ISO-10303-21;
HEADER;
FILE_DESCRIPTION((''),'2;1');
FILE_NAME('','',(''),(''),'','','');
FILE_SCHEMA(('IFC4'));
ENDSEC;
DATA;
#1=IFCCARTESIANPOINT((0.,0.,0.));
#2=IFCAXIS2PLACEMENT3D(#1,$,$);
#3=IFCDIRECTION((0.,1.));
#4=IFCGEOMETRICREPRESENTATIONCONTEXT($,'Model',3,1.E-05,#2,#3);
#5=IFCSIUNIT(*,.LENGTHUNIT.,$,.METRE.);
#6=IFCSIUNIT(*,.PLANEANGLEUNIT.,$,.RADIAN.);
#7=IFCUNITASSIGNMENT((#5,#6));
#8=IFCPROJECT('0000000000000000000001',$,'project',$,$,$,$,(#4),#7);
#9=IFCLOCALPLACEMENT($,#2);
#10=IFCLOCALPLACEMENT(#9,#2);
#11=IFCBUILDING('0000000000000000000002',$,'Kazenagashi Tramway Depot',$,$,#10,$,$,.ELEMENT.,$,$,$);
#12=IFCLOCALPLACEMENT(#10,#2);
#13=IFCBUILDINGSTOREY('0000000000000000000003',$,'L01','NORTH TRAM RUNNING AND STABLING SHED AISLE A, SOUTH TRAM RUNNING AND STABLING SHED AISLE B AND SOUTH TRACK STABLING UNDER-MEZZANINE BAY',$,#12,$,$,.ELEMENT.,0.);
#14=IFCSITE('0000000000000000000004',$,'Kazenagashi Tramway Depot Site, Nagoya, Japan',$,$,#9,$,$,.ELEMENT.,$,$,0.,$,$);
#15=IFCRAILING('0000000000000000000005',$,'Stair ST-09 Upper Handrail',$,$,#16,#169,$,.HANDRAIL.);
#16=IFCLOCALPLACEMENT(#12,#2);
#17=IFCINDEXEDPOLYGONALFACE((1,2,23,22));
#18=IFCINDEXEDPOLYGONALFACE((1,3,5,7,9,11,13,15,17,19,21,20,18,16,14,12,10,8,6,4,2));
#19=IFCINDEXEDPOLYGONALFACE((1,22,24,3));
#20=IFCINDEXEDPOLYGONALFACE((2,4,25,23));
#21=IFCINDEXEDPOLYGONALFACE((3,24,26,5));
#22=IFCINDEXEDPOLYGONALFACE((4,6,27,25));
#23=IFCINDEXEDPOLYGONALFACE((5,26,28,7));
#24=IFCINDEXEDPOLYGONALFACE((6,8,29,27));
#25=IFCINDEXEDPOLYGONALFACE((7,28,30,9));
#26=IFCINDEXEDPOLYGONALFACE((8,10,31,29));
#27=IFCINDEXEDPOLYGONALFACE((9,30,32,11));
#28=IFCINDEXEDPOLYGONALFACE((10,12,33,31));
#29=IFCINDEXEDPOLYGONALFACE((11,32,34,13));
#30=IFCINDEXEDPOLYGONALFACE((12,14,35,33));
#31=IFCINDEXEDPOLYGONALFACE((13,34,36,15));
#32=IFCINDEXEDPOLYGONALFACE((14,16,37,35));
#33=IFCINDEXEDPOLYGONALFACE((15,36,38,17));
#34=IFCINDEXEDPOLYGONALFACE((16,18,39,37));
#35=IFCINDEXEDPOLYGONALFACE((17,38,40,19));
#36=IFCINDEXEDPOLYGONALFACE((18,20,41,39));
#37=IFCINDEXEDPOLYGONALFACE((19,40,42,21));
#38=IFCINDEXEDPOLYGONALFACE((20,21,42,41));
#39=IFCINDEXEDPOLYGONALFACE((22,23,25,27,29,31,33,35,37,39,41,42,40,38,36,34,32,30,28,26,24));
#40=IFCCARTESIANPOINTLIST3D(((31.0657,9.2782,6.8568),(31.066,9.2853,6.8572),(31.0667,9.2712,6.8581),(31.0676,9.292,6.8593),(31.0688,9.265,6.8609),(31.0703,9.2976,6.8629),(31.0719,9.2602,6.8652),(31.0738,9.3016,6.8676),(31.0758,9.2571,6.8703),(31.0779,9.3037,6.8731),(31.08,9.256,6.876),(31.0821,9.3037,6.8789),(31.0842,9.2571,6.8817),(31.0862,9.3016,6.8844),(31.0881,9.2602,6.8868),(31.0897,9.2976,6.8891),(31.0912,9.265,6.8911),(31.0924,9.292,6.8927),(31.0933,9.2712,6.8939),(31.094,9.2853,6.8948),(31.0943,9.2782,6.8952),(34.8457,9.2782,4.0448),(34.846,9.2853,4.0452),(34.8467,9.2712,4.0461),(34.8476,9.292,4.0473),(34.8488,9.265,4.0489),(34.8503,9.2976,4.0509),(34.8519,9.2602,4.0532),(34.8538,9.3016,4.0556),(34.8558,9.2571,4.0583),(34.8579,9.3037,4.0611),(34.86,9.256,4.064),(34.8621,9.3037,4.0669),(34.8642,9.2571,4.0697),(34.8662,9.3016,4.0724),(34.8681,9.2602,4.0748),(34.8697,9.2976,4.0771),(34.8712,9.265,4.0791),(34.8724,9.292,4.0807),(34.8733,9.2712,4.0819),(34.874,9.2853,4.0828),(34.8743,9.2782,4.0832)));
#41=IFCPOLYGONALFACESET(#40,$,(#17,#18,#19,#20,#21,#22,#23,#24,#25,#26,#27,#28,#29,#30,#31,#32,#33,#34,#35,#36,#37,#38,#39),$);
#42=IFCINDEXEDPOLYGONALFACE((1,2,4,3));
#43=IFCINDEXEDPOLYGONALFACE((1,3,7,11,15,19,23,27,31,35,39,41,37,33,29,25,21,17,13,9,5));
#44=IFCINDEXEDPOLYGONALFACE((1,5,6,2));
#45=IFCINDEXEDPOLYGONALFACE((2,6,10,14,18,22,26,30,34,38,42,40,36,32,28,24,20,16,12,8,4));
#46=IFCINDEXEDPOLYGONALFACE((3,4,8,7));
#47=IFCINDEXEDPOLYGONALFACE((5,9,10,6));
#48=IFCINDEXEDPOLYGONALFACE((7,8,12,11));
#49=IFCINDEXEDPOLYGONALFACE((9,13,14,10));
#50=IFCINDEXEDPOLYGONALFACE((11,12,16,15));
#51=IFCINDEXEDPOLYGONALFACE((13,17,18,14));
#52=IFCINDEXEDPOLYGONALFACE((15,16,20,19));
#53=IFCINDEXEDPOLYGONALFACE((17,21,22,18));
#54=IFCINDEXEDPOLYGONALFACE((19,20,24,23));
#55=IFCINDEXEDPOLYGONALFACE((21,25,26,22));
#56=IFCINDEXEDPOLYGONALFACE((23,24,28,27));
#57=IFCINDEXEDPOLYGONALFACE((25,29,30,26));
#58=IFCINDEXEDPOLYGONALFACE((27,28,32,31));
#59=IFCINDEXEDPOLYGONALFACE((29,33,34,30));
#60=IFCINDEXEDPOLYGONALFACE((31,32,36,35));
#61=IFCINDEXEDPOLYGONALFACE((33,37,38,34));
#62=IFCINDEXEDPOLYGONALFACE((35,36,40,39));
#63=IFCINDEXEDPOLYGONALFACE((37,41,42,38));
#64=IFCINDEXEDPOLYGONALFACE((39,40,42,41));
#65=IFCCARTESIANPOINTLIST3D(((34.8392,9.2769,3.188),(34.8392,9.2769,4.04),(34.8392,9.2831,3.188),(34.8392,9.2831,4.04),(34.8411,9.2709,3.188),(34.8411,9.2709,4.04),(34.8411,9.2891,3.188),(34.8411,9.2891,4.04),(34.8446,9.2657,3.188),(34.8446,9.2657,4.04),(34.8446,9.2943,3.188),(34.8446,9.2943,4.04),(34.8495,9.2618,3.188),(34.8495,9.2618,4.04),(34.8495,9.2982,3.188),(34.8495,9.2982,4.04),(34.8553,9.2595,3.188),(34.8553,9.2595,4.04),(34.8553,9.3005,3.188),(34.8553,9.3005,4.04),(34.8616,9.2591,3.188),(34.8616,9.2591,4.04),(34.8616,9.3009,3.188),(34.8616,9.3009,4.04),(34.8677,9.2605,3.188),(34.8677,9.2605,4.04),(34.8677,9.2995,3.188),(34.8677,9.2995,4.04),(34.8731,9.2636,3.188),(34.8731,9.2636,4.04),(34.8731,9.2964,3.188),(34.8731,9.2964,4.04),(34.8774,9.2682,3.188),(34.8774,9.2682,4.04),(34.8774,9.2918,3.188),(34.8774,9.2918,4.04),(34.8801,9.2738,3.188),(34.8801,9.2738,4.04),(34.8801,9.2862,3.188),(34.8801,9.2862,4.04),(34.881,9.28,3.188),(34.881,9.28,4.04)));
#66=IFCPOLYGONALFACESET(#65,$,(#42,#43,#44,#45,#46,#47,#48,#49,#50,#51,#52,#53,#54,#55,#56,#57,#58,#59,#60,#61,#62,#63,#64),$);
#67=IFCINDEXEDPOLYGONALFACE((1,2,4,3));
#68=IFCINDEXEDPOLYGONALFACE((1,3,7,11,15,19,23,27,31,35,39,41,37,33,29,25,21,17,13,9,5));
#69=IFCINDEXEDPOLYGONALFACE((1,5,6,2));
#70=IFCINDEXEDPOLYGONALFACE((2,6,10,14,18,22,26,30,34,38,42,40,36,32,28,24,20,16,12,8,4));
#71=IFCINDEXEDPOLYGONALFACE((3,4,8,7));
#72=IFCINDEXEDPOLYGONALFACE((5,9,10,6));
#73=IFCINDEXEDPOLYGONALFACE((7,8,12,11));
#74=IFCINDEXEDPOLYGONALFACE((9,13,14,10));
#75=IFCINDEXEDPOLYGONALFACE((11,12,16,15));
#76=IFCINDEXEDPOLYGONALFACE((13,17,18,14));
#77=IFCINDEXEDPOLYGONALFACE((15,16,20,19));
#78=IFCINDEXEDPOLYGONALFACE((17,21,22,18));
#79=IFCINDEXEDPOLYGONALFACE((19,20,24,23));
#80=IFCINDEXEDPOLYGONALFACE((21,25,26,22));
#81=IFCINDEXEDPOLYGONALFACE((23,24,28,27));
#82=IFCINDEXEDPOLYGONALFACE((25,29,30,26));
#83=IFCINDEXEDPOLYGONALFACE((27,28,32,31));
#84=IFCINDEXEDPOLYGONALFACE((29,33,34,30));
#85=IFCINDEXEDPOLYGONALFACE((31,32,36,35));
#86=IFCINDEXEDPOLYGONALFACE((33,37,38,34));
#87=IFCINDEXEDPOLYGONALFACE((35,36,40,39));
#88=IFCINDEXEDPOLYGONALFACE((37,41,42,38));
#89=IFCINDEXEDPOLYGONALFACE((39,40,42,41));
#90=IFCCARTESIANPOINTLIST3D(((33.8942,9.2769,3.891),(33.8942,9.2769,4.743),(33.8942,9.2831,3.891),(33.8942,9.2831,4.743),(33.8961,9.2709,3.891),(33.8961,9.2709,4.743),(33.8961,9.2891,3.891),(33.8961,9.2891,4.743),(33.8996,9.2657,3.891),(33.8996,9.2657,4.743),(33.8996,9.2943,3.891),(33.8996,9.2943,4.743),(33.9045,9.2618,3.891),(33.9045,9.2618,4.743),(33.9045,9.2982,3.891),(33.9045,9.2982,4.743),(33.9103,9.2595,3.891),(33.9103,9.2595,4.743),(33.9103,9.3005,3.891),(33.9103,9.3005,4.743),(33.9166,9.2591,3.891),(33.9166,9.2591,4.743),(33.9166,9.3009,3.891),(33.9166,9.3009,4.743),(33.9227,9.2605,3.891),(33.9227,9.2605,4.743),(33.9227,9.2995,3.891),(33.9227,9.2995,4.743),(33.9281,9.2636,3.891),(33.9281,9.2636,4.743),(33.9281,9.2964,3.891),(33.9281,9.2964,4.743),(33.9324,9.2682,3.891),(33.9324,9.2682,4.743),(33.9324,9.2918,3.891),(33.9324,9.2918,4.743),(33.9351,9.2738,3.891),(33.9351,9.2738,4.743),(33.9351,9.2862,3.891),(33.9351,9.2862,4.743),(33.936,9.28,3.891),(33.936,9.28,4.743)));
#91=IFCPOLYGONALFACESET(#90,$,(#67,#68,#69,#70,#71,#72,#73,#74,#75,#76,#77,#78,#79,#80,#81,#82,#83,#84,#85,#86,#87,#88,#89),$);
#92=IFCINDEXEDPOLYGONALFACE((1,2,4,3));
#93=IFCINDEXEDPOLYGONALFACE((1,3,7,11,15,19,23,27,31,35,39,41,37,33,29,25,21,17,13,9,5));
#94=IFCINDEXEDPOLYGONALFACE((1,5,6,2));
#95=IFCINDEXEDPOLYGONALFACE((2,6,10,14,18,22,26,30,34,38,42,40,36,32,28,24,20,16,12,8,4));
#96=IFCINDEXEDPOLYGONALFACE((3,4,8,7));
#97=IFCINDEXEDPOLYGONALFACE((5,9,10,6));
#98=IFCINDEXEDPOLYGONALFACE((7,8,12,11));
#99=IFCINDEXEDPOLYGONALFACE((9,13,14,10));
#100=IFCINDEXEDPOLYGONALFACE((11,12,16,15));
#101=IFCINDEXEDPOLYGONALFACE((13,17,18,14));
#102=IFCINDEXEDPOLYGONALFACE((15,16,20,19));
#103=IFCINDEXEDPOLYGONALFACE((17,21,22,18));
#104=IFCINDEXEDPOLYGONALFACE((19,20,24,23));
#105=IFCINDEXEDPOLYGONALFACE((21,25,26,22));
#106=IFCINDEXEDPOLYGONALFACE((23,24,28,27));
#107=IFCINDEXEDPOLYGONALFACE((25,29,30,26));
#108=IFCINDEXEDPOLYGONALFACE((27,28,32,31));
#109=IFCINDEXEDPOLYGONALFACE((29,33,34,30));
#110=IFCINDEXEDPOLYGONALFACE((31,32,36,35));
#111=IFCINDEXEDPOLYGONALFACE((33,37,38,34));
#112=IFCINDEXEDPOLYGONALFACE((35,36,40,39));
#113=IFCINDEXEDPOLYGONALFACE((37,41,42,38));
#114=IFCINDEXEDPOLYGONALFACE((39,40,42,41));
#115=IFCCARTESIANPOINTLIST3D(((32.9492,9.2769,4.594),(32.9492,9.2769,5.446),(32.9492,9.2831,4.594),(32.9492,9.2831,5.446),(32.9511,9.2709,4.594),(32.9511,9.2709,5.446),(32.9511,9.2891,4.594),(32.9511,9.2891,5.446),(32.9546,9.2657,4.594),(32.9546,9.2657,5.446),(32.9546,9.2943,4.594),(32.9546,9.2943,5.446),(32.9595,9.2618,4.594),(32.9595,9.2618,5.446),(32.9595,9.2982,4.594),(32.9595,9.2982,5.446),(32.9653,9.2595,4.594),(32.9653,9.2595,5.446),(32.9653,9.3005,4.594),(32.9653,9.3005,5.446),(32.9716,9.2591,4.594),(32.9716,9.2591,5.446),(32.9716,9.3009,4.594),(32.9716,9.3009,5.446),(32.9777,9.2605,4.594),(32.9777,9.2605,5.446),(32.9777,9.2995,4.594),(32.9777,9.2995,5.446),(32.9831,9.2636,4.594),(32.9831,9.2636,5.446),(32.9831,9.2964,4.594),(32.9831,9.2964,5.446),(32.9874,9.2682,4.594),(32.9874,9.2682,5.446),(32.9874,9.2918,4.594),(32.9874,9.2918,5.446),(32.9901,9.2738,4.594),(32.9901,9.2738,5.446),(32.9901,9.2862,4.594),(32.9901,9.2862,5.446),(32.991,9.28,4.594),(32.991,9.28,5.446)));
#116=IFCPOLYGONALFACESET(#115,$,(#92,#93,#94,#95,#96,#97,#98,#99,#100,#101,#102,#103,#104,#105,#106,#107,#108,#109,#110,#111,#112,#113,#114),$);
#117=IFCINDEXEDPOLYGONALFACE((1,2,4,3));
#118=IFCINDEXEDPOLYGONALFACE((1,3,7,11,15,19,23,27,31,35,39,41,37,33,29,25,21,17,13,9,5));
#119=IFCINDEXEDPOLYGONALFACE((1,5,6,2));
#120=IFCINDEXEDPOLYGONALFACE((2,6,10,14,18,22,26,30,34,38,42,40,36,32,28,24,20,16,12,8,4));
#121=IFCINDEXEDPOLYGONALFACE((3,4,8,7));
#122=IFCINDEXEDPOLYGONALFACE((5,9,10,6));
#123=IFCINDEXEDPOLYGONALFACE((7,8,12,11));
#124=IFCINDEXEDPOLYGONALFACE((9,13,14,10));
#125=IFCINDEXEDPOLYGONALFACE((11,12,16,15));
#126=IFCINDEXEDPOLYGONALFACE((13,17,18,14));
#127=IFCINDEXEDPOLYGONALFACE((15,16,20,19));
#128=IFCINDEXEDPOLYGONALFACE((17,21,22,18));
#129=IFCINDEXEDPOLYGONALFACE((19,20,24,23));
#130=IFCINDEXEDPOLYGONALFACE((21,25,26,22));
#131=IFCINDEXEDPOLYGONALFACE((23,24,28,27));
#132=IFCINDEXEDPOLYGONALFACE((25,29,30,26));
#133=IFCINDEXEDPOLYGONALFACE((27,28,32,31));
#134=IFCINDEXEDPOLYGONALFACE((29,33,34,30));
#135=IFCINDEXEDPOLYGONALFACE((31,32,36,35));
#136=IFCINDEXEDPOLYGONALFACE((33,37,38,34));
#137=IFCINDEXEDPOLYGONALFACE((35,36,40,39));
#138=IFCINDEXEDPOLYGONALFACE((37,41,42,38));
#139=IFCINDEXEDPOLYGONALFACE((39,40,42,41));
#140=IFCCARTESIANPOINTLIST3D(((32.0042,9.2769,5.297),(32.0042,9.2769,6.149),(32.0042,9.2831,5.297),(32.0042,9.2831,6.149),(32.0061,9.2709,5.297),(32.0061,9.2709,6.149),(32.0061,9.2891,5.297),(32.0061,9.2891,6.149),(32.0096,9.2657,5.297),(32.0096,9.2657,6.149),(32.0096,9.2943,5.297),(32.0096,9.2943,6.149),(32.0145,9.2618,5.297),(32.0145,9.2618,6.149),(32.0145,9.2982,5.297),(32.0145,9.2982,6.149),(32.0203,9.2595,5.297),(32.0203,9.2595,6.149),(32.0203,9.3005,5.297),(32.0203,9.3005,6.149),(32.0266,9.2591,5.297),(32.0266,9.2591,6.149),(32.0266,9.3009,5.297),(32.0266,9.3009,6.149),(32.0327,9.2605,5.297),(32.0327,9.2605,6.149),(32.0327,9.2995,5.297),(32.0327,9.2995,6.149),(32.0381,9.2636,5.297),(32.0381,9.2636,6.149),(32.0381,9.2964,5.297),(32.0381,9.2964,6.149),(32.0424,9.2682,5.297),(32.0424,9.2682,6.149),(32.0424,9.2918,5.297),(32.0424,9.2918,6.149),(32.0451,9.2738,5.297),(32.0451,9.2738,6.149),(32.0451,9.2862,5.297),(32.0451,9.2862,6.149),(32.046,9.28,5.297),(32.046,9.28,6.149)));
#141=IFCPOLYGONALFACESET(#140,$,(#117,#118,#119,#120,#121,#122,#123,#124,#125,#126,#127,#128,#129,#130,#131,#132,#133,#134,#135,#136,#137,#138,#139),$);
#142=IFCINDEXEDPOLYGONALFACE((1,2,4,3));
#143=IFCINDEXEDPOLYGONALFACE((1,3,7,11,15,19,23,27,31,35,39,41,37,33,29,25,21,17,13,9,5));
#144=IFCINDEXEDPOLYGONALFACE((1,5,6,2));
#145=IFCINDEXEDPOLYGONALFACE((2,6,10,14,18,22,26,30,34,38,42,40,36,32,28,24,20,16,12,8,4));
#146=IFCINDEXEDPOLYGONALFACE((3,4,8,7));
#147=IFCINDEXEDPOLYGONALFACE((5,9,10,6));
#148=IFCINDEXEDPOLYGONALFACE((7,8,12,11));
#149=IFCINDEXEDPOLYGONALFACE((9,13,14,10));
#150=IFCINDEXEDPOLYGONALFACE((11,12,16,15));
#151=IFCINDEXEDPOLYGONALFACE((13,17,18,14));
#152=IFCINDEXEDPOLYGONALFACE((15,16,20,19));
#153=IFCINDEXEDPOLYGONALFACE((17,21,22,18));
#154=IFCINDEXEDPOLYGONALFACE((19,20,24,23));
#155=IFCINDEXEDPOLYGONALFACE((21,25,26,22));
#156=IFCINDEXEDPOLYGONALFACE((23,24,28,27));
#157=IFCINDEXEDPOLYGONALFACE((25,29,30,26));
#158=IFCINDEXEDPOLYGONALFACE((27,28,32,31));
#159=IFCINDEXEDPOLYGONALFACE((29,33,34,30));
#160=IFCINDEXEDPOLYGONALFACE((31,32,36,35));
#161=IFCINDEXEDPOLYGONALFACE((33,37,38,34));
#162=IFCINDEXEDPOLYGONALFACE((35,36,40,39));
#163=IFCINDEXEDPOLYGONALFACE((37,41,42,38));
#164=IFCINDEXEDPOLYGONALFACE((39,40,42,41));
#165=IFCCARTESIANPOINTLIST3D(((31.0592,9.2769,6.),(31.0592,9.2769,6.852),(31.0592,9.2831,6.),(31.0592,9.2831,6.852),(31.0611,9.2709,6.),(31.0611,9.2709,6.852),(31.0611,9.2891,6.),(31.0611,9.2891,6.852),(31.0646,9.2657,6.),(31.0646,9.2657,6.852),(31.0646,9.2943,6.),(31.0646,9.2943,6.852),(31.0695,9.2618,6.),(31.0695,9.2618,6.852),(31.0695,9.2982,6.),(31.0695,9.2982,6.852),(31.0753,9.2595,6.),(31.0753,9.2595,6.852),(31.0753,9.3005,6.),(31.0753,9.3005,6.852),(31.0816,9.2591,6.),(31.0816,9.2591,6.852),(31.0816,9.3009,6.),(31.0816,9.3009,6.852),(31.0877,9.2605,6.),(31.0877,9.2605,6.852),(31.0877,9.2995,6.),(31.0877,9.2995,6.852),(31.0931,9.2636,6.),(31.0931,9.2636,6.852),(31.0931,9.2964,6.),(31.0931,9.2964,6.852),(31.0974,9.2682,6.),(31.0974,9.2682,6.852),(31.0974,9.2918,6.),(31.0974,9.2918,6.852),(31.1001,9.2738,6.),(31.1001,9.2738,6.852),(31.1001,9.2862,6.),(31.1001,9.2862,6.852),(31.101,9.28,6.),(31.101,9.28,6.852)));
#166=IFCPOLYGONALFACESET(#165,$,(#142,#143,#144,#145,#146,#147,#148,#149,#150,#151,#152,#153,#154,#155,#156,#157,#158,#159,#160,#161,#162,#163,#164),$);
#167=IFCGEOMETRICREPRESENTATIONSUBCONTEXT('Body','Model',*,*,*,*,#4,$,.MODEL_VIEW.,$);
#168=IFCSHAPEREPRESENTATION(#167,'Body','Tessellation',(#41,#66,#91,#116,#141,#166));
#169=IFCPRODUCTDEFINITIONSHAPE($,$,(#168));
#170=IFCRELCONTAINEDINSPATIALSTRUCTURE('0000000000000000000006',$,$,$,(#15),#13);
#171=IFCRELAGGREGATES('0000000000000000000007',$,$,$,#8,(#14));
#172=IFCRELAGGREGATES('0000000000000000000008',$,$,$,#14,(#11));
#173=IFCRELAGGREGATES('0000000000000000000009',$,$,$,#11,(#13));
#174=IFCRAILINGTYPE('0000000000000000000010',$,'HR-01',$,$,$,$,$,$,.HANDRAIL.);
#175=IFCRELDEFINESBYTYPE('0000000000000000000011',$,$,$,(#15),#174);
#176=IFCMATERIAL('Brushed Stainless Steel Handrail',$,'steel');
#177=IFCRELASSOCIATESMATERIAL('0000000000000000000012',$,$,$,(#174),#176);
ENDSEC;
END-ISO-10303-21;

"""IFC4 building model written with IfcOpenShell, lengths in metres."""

from ifc_helpers import new_model, si_unit, direction, frame, origin, origin_2d, place, context, subcontext, project, spatial, circle, extrude, material, type_object, element, save


model = new_model("IFC4")

# Units and contexts
model_context = context("Model", 3, precision=1e-05, world=origin(), true_north=direction((0.0, 1.0)))
body_context = subcontext(model_context, "Body", "Model", "MODEL_VIEW")
ifc_project = project(units=[si_unit("LENGTHUNIT", "METRE"), si_unit("PLANEANGLEUNIT", "RADIAN")], contexts=[model_context])

# Site, building, storey
site_placement = place(None, origin())
site = spatial("IfcSite", under=ifc_project, at=site_placement, Name="Kazenagashi Tramway Depot Site, Nagoya, Japan", CompositionType="ELEMENT", RefElevation=0.0)
building_placement = place(site_placement, origin())
building = spatial("IfcBuilding", under=site, at=building_placement, Name="Kazenagashi Tramway Depot", CompositionType="ELEMENT")
storey_placement = place(building_placement, origin())
storey = spatial("IfcBuildingStorey", under=building, at=storey_placement, Name="L01", Description="NORTH TRAM RUNNING AND STABLING SHED AISLE A, SOUTH TRAM RUNNING AND STABLING SHED AISLE B AND SOUTH TRACK STABLING UNDER-MEZZANINE BAY", CompositionType="ELEMENT", Elevation=0.0)

# Railing
ifc_material_1 = material(Name="Brushed Stainless Steel Handrail", Category="steel")
railing_type = type_object("IfcRailingType", Name="HR-01", PredefinedType="HANDRAIL", material=ifc_material_1)
railing_1_placement = place(storey_placement, frame((34.86, 9.28, 3.188)))
element("IfcRailing", 1, at=railing_1_placement, inside=storey, type_object=railing_type, Name="Stair ST-09 Upper Handrail", PredefinedType="HANDRAIL", context=body_context, shape_type="SweptSolid", body=[
    extrude(circle(Radius=0.024, at=origin_2d()), frame((0.0, 0.0, 0.876), z_axis=(-0.802337, 0.0, 0.596871), x_axis=(0.0, -1.0, 0.0)), (0.0, 0.0, 1.0), 4.7112),
    extrude(circle(Radius=0.021, at=origin_2d()), origin(), (0.0, 0.0, 1.0), 0.852),
    extrude(circle(Radius=0.021, at=origin_2d()), frame((-0.945, 0.0, 0.703)), (0.0, 0.0, 1.0), 0.852),
    extrude(circle(Radius=0.021, at=origin_2d()), frame((-1.89, 0.0, 1.406)), (0.0, 0.0, 1.0), 0.852),
    extrude(circle(Radius=0.021, at=origin_2d()), frame((-2.835, 0.0, 2.109)), (0.0, 0.0, 1.0), 0.852),
    extrude(circle(Radius=0.021, at=origin_2d()), frame((-3.78, 0.0, 2.812)), (0.0, 0.0, 1.0), 0.852),
])

save(model, "model.ifc")
